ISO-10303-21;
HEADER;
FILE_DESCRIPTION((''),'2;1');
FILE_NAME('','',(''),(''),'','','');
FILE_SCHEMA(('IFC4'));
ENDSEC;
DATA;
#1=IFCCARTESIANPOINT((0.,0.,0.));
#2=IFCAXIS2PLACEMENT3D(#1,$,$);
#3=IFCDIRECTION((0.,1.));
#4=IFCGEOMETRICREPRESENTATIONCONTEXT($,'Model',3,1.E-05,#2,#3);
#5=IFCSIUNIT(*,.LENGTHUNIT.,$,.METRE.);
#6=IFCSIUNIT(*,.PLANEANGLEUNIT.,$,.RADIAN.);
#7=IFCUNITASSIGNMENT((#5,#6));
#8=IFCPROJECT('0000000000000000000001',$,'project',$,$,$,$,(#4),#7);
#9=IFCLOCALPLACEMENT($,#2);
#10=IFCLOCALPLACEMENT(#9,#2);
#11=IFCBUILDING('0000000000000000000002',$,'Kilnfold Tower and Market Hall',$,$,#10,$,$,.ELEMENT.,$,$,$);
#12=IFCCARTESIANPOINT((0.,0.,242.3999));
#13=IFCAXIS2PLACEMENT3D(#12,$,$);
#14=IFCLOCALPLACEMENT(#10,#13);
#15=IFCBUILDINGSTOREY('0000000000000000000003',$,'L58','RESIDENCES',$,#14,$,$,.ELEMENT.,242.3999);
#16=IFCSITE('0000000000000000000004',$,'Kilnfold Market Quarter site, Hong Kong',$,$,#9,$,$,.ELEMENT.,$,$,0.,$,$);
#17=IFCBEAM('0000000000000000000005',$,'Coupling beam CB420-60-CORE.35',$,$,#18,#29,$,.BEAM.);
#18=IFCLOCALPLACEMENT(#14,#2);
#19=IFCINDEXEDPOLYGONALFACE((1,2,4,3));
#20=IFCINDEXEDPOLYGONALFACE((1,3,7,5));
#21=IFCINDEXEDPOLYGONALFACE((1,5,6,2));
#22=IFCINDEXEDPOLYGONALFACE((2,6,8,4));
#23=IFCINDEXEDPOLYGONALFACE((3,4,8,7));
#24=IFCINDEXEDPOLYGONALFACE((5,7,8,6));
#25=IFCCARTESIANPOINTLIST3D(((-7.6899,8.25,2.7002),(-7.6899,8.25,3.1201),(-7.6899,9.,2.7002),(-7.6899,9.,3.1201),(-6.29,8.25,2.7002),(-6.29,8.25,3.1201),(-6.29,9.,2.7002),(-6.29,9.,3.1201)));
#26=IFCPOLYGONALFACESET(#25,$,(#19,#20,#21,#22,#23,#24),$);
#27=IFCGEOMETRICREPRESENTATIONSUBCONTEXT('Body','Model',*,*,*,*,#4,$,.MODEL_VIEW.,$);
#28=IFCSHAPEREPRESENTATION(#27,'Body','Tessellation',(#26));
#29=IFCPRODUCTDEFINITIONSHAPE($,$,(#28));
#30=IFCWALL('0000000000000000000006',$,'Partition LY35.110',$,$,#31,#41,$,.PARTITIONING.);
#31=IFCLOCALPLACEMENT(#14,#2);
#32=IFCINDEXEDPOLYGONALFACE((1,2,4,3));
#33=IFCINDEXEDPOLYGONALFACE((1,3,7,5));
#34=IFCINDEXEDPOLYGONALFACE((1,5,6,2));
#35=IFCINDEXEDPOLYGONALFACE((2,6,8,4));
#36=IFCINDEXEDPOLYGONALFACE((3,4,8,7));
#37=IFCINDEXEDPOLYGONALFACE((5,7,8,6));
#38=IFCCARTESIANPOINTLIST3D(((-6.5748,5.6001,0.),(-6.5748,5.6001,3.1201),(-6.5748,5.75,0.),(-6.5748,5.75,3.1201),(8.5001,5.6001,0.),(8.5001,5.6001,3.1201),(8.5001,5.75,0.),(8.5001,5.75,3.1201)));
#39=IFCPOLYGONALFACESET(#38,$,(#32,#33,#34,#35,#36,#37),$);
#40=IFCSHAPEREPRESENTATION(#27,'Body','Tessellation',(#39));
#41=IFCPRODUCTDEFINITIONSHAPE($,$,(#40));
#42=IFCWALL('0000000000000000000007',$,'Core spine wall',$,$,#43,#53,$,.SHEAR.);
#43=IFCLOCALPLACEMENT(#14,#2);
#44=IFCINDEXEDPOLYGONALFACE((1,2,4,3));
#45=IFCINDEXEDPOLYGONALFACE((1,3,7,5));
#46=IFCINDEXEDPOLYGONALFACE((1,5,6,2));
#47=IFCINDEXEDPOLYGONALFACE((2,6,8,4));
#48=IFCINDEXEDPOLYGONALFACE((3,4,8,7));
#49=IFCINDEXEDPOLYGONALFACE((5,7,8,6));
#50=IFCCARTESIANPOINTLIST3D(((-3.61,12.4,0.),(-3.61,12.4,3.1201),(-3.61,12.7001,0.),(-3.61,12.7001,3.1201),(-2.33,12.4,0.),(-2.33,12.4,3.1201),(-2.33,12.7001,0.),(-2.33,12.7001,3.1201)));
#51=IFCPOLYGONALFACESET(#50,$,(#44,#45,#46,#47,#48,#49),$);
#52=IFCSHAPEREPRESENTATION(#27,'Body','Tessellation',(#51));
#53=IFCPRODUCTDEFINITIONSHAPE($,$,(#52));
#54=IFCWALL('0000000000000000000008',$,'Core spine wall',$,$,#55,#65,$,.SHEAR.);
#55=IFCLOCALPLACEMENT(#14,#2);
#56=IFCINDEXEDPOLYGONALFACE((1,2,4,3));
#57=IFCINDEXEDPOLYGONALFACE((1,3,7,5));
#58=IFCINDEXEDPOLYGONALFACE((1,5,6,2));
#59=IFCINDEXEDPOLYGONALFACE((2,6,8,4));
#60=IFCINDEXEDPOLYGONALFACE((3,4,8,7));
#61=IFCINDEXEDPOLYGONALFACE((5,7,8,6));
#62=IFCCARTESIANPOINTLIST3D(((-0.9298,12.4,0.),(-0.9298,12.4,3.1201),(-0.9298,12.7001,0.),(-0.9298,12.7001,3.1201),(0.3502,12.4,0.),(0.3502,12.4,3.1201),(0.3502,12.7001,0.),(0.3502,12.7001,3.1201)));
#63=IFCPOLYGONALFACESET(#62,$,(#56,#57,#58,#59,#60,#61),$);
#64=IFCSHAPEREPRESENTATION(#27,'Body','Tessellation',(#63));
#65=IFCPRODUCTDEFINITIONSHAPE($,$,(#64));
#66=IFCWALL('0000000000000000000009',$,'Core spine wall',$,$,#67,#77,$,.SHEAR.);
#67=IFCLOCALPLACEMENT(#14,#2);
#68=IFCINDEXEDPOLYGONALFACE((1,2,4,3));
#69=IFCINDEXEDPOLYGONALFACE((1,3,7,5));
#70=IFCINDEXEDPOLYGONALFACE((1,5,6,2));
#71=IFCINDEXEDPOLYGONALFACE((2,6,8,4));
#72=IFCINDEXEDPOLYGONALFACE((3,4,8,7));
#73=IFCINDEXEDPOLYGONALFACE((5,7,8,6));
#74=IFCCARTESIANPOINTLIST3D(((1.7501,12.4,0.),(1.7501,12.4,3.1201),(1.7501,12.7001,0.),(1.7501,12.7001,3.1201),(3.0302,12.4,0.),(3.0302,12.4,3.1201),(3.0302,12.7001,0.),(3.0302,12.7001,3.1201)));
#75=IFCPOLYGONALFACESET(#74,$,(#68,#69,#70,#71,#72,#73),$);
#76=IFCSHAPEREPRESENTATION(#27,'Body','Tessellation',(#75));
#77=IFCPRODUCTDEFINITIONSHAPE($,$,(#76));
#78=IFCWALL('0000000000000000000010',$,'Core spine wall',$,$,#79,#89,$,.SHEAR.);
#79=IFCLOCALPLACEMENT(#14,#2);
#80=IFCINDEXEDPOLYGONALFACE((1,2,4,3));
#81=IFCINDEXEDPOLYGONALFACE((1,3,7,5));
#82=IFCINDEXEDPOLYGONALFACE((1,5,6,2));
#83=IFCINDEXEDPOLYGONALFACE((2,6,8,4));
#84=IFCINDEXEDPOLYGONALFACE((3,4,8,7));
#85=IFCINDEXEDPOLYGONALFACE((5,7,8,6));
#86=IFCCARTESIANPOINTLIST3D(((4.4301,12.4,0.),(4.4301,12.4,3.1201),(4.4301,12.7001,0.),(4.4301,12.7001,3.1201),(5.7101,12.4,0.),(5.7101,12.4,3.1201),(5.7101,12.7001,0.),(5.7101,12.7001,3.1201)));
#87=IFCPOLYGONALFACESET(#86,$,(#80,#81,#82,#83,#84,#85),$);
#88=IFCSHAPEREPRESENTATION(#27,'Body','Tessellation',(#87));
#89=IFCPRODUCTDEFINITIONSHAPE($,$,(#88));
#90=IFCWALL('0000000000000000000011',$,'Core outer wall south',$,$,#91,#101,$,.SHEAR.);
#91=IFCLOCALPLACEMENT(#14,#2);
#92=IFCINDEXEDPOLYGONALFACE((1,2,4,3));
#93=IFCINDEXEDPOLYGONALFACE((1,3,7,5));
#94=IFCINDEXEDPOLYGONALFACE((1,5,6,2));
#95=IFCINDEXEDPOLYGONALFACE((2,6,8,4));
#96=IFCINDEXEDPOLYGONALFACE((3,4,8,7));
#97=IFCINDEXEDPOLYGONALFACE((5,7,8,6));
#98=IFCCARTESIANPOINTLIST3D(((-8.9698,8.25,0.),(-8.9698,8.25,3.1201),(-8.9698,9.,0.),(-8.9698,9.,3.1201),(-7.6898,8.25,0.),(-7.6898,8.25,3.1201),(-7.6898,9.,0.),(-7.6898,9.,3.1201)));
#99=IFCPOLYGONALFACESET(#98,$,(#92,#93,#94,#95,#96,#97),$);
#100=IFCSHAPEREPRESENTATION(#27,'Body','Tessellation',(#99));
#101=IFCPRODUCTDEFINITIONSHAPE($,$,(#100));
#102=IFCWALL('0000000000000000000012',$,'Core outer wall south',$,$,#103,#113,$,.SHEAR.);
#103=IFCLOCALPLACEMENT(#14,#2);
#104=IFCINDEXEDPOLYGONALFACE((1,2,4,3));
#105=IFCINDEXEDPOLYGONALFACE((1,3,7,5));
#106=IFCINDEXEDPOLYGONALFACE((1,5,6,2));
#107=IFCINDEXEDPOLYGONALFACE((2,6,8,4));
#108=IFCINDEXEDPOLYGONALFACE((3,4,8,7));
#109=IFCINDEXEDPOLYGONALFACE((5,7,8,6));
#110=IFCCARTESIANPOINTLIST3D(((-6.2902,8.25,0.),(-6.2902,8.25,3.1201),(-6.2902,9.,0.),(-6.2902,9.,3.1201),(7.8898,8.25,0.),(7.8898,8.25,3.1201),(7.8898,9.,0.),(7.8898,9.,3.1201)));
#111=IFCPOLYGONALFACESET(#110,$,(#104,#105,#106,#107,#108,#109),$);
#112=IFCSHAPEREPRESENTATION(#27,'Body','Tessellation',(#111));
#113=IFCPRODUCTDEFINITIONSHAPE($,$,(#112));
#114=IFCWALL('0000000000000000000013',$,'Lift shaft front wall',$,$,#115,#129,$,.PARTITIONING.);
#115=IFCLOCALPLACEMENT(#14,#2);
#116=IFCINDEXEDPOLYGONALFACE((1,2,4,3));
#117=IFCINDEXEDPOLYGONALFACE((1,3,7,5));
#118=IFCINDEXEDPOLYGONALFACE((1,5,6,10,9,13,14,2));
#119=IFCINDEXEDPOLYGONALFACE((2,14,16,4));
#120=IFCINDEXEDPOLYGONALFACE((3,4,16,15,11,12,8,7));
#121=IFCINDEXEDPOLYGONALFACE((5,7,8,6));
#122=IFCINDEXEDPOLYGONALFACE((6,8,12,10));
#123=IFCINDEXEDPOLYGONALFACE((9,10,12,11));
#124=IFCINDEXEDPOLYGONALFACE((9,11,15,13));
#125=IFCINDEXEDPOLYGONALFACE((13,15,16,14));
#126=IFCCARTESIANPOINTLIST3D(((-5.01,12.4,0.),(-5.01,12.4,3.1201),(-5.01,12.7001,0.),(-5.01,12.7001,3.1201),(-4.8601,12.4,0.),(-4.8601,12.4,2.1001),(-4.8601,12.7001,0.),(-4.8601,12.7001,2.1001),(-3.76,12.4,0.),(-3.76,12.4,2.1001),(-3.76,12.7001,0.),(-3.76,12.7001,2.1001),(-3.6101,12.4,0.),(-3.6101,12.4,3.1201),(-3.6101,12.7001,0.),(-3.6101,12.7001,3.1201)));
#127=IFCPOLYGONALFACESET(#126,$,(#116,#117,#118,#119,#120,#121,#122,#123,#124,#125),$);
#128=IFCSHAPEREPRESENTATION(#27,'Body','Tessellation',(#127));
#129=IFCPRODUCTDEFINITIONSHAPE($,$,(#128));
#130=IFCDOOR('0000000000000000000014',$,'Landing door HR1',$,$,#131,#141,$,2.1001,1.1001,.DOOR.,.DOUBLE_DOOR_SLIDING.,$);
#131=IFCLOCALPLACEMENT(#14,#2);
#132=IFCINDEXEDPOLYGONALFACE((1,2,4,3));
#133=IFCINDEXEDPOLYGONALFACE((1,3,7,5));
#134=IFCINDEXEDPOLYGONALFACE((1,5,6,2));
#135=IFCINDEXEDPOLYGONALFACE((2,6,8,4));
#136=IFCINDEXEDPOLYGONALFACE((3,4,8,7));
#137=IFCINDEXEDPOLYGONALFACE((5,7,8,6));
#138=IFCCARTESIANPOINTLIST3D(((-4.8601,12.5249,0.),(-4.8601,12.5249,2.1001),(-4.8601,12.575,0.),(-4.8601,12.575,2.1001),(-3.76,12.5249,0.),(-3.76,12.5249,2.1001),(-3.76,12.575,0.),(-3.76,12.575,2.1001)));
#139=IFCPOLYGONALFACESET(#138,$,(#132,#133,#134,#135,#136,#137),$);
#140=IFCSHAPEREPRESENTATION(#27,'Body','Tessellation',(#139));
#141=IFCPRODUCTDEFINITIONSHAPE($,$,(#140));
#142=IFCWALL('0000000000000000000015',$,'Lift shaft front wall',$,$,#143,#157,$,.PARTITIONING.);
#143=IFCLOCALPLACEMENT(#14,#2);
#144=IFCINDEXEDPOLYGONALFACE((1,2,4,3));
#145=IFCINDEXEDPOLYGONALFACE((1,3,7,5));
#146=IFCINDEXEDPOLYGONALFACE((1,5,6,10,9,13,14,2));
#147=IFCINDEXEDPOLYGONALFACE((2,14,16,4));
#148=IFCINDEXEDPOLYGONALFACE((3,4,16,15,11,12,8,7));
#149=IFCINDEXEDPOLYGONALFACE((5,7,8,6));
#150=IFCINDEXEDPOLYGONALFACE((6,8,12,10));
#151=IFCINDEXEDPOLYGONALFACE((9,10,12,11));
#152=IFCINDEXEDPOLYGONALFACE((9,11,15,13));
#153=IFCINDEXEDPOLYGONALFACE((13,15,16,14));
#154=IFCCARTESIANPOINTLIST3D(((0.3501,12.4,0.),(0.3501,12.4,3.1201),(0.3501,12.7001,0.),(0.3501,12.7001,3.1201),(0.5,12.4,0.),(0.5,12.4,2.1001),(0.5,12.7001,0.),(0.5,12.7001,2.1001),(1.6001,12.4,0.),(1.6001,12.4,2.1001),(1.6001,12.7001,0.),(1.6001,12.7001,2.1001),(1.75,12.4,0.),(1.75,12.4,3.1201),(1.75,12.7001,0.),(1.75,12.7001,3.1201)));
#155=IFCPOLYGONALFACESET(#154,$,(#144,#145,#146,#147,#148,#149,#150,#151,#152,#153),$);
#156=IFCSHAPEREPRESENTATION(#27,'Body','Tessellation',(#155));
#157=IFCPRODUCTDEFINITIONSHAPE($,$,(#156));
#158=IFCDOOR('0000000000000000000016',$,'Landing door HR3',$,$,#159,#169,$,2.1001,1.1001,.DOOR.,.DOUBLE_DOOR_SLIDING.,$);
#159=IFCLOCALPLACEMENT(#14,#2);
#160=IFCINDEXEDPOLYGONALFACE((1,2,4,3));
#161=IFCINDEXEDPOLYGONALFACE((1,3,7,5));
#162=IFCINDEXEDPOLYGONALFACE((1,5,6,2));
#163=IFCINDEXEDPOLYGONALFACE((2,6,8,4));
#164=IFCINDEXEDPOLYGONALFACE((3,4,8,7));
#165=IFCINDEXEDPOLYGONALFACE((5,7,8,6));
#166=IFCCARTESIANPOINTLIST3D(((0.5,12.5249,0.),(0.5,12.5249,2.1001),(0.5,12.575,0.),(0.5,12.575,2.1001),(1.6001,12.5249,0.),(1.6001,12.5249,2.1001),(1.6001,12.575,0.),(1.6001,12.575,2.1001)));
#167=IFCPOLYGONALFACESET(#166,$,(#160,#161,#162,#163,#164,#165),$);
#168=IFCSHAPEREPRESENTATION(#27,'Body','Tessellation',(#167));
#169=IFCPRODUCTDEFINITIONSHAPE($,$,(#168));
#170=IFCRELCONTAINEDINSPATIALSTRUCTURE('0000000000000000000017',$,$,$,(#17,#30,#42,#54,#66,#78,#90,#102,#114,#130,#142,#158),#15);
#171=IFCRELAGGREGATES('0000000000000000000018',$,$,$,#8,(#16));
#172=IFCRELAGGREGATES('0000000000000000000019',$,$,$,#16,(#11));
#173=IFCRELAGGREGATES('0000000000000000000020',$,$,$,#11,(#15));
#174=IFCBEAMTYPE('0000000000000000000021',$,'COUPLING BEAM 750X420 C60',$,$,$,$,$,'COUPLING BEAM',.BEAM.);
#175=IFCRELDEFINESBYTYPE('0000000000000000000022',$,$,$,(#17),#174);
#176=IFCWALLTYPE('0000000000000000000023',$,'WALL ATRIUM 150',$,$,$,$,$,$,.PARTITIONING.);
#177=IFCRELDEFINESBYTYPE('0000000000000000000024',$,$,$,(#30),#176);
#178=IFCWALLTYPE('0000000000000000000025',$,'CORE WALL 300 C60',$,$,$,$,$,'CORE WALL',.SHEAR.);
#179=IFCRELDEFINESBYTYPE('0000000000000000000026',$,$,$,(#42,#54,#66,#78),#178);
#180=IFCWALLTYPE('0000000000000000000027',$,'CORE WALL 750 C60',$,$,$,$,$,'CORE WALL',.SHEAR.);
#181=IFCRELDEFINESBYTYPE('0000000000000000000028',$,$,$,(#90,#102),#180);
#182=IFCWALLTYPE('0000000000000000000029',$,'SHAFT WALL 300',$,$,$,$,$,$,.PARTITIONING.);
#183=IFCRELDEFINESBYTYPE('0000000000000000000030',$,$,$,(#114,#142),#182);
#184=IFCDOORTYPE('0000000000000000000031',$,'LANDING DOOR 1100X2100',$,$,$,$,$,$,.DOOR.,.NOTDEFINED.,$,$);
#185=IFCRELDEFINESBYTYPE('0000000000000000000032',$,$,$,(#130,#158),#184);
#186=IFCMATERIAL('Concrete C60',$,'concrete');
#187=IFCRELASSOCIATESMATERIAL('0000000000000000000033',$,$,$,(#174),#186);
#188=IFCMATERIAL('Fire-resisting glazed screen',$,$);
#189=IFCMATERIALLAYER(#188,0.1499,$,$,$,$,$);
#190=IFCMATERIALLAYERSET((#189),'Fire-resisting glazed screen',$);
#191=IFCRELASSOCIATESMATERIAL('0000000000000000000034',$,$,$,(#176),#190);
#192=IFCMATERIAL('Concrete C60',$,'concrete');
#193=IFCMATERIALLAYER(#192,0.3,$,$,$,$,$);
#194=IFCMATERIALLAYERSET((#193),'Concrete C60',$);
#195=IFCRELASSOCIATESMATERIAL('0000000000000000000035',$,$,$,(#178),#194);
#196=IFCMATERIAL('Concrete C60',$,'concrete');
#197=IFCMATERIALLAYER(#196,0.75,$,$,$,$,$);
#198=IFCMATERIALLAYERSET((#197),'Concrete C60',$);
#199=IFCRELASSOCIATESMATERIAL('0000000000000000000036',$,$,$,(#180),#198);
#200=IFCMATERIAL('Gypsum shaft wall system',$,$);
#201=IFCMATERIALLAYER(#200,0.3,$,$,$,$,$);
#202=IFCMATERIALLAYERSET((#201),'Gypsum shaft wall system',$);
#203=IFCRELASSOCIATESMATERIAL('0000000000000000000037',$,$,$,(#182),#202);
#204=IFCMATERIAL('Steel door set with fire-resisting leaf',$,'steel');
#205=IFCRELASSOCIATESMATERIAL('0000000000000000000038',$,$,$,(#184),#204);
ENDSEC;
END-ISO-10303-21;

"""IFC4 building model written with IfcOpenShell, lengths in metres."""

from ifc_helpers import new_model, si_unit, direction, frame, frame_2d, origin, origin_2d, place, context, subcontext, project, spatial, rectangle, extrude, source, transform, mapped, material, layer, layer_set, material_profile, profile_set, type_object, element, fill, save


model = new_model("IFC4")

# Units and contexts
model_context = context("Model", 3, precision=1e-05, world=origin(), true_north=direction((0.0, 1.0)))
body_context = subcontext(model_context, "Body", "Model", "MODEL_VIEW")
ifc_project = project(units=[si_unit("LENGTHUNIT", "METRE"), si_unit("PLANEANGLEUNIT", "RADIAN")], contexts=[model_context])

# Site, building, storey
site_placement = place(None, origin())
site = spatial("IfcSite", under=ifc_project, at=site_placement, Name="Kilnfold Market Quarter site, Hong Kong", CompositionType="ELEMENT", RefElevation=0.0)
building_placement = place(site_placement, origin())
building = spatial("IfcBuilding", under=site, at=building_placement, Name="Kilnfold Tower and Market Hall", CompositionType="ELEMENT")
storey_placement = place(building_placement, frame((0.0, 0.0, 242.3999)))
storey = spatial("IfcBuildingStorey", under=building, at=storey_placement, Name="L58", Description="RESIDENCES", CompositionType="ELEMENT", Elevation=242.3999)

# Beam
ifc_material_1 = material(Name="Concrete C60", Category="concrete")
ifc_material_profile = material_profile(ifc_material_1, rectangle(XDim=0.75, YDim=0.4199, at=origin_2d()), Name="RC 750x420")
ifc_profile_set = profile_set([ifc_material_profile], Name="Concrete C60")
beam_type = type_object("IfcBeamType", Name="COUPLING BEAM 750X420 C60", ElementType="COUPLING BEAM", PredefinedType="BEAM", material=ifc_profile_set)
shared_shape_1 = source(origin(), body_context, "Body", "SweptSolid", [
    extrude(rectangle(XDim=0.75, YDim=0.4199, at=origin_2d()), origin(), (0.0, 0.0, 1.0), 1.3999),
])
beam_placement = place(storey_placement, frame((-7.6899, 8.625, 2.9102), z_axis=(1.0, 0.0, 0.0), x_axis=(0.0, 1.0, 0.0)))
element("IfcBeam", 1, at=beam_placement, inside=storey, type_object=beam_type, Name="Coupling beam CB420-60-CORE.35", PredefinedType="BEAM", context=body_context, shape_type="MappedRepresentation", body=[
    mapped(shared_shape_1, transform((0.0, 0.0, 0.0))),
])

# Walls
ifc_material_2 = material(Name="Fire-resisting glazed screen")
ifc_layer_1 = layer(ifc_material_2, 0.1499)
ifc_layer_set_1 = layer_set([ifc_layer_1], Name="Fire-resisting glazed screen")
wall_type_1 = type_object("IfcWallType", Name="WALL ATRIUM 150", PredefinedType="PARTITIONING", material=ifc_layer_set_1)
wall_1_placement = place(storey_placement, frame((-6.575, 5.675, 0.0), z_axis=(0.0, 0.0, 1.0), x_axis=(1.0, 0.0, 0.0)))
element("IfcWall", 2, at=wall_1_placement, inside=storey, type_object=wall_type_1, Name="Partition LY35.110", PredefinedType="PARTITIONING", context=body_context, shape_type="SweptSolid", body=[
    extrude(rectangle(XDim=15.075, YDim=0.1499, at=frame_2d((7.5376, 0.0))), origin(), (0.0, 0.0, 1.0), 3.1201),
])
ifc_material_3 = material(Name="Concrete C60", Category="concrete")
ifc_layer_2 = layer(ifc_material_3, 0.3)
ifc_layer_set_2 = layer_set([ifc_layer_2], Name="Concrete C60")
wall_type_2 = type_object("IfcWallType", Name="CORE WALL 300 C60", ElementType="CORE WALL", PredefinedType="SHEAR", material=ifc_layer_set_2)
shared_shape_2 = source(origin(), body_context, "Body", "SweptSolid", [
    extrude(rectangle(XDim=1.28, YDim=0.3, at=frame_2d((0.6401, 0.0))), origin(), (0.0, 0.0, 1.0), 3.1201),
])
for number, where, z_axis, x_axis, name in (
    (3, (-3.6101, 12.55, 0.0), (0.0, 0.0, 1.0), (1.0, 0.0, 0.0), "Core spine wall"),
    (4, (-0.9299, 12.55, 0.0), (0.0, 0.0, 1.0), (1.0, 0.0, 0.0), "Core spine wall"),
    (5, (1.75, 12.55, 0.0), (0.0, 0.0, 1.0), (1.0, 0.0, 0.0), "Core spine wall"),
    (6, (4.4299, 12.55, 0.0), (0.0, 0.0, 1.0), (1.0, 0.0, 0.0), "Core spine wall"),
):
    element("IfcWall", number, at=place(storey_placement, frame(where, z_axis=z_axis, x_axis=x_axis)), inside=storey, type_object=wall_type_2, Name=name, PredefinedType="SHEAR", context=body_context, shape_type="MappedRepresentation", body=[
        mapped(shared_shape_2, transform((0.0, 0.0, 0.0))),
    ])
ifc_material_4 = material(Name="Concrete C60", Category="concrete")
ifc_layer_3 = layer(ifc_material_4, 0.75)
ifc_layer_set_3 = layer_set([ifc_layer_3], Name="Concrete C60")
wall_type_3 = type_object("IfcWallType", Name="CORE WALL 750 C60", ElementType="CORE WALL", PredefinedType="SHEAR", material=ifc_layer_set_3)
shared_shape_3 = source(origin(), body_context, "Body", "SweptSolid", [
    extrude(rectangle(XDim=1.28, YDim=0.75, at=frame_2d((0.6401, 0.0))), origin(), (0.0, 0.0, 1.0), 3.1201),
])
wall_2_placement = place(storey_placement, frame((-8.97, 8.625, 0.0), z_axis=(0.0, 0.0, 1.0), x_axis=(1.0, 0.0, 0.0)))
element("IfcWall", 7, at=wall_2_placement, inside=storey, type_object=wall_type_3, Name="Core outer wall south", PredefinedType="SHEAR", context=body_context, shape_type="MappedRepresentation", body=[
    mapped(shared_shape_3, transform((0.0, 0.0, 0.0))),
])
shared_shape_4 = source(origin(), body_context, "Body", "SweptSolid", [
    extrude(rectangle(XDim=14.1799, YDim=0.75, at=frame_2d((7.0898, 0.0))), origin(), (0.0, 0.0, 1.0), 3.1201),
])
wall_3_placement = place(storey_placement, frame((-6.29, 8.625, 0.0), z_axis=(0.0, 0.0, 1.0), x_axis=(1.0, 0.0, 0.0)))
element("IfcWall", 8, at=wall_3_placement, inside=storey, type_object=wall_type_3, Name="Core outer wall south", PredefinedType="SHEAR", context=body_context, shape_type="MappedRepresentation", body=[
    mapped(shared_shape_4, transform((0.0, 0.0, 0.0))),
])

# Walls, openings, doors
ifc_material_5 = material(Name="Gypsum shaft wall system")
ifc_layer_4 = layer(ifc_material_5, 0.3)
ifc_layer_set_4 = layer_set([ifc_layer_4], Name="Gypsum shaft wall system")
wall_type_4 = type_object("IfcWallType", Name="SHAFT WALL 300", PredefinedType="PARTITIONING", material=ifc_layer_set_4)
shared_shape_5 = source(origin(), body_context, "Body", "SweptSolid", [
    extrude(rectangle(XDim=1.3999, YDim=0.3, at=frame_2d((0.7, 0.0))), origin(), (0.0, 0.0, 1.0), 3.1201),
])
wall_4_placement = place(storey_placement, frame((-5.01, 12.55, 0.0), z_axis=(0.0, 0.0, 1.0), x_axis=(1.0, 0.0, 0.0)))
wall_4 = element("IfcWall", 9, at=wall_4_placement, inside=storey, type_object=wall_type_4, Name="Lift shaft front wall", PredefinedType="PARTITIONING", context=body_context, shape_type="MappedRepresentation", body=[
    mapped(shared_shape_5, transform((0.0, 0.0, 0.0))),
])
opening_1_placement = place(wall_4_placement, frame((0.1499, 0.0, 0.0)))
opening_1 = element("IfcOpeningElement", 10, at=opening_1_placement, cuts=wall_4, PredefinedType="OPENING", context=body_context, shape_type="SweptSolid", body=[
    extrude(rectangle(XDim=1.1001, YDim=2.1001, at=frame_2d((0.55, 1.05))), frame((0.0, 0.1602, 0.0), z_axis=(0.0, -1.0, 0.0), x_axis=(1.0, 0.0, 0.0)), (0.0, 0.0, 1.0), 0.3201),
])
ifc_material_6 = material(Name="Steel door set with fire-resisting leaf", Category="steel")
door_type_1 = type_object("IfcDoorType", Name="LANDING DOOR 1100X2100", OperationType="NOTDEFINED", PredefinedType="DOOR", material=ifc_material_6)
door_1_placement = place(opening_1_placement, origin())
door_1 = element("IfcDoor", 11, at=door_1_placement, inside=storey, type_object=door_type_1, Name="Landing door HR1", OperationType="DOUBLE_DOOR_SLIDING", OverallHeight=2.1001, OverallWidth=1.1001, PredefinedType="DOOR", context=body_context, shape_type="SweptSolid", body=[
    extrude(rectangle(XDim=1.1001, YDim=2.1001, at=frame_2d((0.55, 1.05))), frame((0.0, 0.0249, 0.0), z_axis=(0.0, -1.0, 0.0), x_axis=(1.0, 0.0, 0.0)), (0.0, 0.0, 1.0), 0.05),
])
fill(opening_1, door_1)
wall_5_placement = place(storey_placement, frame((0.3501, 12.55, 0.0), z_axis=(0.0, 0.0, 1.0), x_axis=(1.0, 0.0, 0.0)))
wall_5 = element("IfcWall", 12, at=wall_5_placement, inside=storey, type_object=wall_type_4, Name="Lift shaft front wall", PredefinedType="PARTITIONING", context=body_context, shape_type="MappedRepresentation", body=[
    mapped(shared_shape_5, transform((0.0, 0.0, 0.0))),
])
opening_2_placement = place(wall_5_placement, frame((0.1499, 0.0, 0.0)))
opening_2 = element("IfcOpeningElement", 13, at=opening_2_placement, cuts=wall_5, PredefinedType="OPENING", context=body_context, shape_type="SweptSolid", body=[
    extrude(rectangle(XDim=1.1001, YDim=2.1001, at=frame_2d((0.55, 1.05))), frame((0.0, 0.1602, 0.0), z_axis=(0.0, -1.0, 0.0), x_axis=(1.0, 0.0, 0.0)), (0.0, 0.0, 1.0), 0.3201),
])
door_2_placement = place(opening_2_placement, origin())
door_2 = element("IfcDoor", 14, at=door_2_placement, inside=storey, type_object=door_type_1, Name="Landing door HR3", OperationType="DOUBLE_DOOR_SLIDING", OverallHeight=2.1001, OverallWidth=1.1001, PredefinedType="DOOR", context=body_context, shape_type="SweptSolid", body=[
    extrude(rectangle(XDim=1.1001, YDim=2.1001, at=frame_2d((0.55, 1.05))), frame((0.0, 0.0249, 0.0), z_axis=(0.0, -1.0, 0.0), x_axis=(1.0, 0.0, 0.0)), (0.0, 0.0, 1.0), 0.05),
])
fill(opening_2, door_2)

save(model, "model.ifc")
